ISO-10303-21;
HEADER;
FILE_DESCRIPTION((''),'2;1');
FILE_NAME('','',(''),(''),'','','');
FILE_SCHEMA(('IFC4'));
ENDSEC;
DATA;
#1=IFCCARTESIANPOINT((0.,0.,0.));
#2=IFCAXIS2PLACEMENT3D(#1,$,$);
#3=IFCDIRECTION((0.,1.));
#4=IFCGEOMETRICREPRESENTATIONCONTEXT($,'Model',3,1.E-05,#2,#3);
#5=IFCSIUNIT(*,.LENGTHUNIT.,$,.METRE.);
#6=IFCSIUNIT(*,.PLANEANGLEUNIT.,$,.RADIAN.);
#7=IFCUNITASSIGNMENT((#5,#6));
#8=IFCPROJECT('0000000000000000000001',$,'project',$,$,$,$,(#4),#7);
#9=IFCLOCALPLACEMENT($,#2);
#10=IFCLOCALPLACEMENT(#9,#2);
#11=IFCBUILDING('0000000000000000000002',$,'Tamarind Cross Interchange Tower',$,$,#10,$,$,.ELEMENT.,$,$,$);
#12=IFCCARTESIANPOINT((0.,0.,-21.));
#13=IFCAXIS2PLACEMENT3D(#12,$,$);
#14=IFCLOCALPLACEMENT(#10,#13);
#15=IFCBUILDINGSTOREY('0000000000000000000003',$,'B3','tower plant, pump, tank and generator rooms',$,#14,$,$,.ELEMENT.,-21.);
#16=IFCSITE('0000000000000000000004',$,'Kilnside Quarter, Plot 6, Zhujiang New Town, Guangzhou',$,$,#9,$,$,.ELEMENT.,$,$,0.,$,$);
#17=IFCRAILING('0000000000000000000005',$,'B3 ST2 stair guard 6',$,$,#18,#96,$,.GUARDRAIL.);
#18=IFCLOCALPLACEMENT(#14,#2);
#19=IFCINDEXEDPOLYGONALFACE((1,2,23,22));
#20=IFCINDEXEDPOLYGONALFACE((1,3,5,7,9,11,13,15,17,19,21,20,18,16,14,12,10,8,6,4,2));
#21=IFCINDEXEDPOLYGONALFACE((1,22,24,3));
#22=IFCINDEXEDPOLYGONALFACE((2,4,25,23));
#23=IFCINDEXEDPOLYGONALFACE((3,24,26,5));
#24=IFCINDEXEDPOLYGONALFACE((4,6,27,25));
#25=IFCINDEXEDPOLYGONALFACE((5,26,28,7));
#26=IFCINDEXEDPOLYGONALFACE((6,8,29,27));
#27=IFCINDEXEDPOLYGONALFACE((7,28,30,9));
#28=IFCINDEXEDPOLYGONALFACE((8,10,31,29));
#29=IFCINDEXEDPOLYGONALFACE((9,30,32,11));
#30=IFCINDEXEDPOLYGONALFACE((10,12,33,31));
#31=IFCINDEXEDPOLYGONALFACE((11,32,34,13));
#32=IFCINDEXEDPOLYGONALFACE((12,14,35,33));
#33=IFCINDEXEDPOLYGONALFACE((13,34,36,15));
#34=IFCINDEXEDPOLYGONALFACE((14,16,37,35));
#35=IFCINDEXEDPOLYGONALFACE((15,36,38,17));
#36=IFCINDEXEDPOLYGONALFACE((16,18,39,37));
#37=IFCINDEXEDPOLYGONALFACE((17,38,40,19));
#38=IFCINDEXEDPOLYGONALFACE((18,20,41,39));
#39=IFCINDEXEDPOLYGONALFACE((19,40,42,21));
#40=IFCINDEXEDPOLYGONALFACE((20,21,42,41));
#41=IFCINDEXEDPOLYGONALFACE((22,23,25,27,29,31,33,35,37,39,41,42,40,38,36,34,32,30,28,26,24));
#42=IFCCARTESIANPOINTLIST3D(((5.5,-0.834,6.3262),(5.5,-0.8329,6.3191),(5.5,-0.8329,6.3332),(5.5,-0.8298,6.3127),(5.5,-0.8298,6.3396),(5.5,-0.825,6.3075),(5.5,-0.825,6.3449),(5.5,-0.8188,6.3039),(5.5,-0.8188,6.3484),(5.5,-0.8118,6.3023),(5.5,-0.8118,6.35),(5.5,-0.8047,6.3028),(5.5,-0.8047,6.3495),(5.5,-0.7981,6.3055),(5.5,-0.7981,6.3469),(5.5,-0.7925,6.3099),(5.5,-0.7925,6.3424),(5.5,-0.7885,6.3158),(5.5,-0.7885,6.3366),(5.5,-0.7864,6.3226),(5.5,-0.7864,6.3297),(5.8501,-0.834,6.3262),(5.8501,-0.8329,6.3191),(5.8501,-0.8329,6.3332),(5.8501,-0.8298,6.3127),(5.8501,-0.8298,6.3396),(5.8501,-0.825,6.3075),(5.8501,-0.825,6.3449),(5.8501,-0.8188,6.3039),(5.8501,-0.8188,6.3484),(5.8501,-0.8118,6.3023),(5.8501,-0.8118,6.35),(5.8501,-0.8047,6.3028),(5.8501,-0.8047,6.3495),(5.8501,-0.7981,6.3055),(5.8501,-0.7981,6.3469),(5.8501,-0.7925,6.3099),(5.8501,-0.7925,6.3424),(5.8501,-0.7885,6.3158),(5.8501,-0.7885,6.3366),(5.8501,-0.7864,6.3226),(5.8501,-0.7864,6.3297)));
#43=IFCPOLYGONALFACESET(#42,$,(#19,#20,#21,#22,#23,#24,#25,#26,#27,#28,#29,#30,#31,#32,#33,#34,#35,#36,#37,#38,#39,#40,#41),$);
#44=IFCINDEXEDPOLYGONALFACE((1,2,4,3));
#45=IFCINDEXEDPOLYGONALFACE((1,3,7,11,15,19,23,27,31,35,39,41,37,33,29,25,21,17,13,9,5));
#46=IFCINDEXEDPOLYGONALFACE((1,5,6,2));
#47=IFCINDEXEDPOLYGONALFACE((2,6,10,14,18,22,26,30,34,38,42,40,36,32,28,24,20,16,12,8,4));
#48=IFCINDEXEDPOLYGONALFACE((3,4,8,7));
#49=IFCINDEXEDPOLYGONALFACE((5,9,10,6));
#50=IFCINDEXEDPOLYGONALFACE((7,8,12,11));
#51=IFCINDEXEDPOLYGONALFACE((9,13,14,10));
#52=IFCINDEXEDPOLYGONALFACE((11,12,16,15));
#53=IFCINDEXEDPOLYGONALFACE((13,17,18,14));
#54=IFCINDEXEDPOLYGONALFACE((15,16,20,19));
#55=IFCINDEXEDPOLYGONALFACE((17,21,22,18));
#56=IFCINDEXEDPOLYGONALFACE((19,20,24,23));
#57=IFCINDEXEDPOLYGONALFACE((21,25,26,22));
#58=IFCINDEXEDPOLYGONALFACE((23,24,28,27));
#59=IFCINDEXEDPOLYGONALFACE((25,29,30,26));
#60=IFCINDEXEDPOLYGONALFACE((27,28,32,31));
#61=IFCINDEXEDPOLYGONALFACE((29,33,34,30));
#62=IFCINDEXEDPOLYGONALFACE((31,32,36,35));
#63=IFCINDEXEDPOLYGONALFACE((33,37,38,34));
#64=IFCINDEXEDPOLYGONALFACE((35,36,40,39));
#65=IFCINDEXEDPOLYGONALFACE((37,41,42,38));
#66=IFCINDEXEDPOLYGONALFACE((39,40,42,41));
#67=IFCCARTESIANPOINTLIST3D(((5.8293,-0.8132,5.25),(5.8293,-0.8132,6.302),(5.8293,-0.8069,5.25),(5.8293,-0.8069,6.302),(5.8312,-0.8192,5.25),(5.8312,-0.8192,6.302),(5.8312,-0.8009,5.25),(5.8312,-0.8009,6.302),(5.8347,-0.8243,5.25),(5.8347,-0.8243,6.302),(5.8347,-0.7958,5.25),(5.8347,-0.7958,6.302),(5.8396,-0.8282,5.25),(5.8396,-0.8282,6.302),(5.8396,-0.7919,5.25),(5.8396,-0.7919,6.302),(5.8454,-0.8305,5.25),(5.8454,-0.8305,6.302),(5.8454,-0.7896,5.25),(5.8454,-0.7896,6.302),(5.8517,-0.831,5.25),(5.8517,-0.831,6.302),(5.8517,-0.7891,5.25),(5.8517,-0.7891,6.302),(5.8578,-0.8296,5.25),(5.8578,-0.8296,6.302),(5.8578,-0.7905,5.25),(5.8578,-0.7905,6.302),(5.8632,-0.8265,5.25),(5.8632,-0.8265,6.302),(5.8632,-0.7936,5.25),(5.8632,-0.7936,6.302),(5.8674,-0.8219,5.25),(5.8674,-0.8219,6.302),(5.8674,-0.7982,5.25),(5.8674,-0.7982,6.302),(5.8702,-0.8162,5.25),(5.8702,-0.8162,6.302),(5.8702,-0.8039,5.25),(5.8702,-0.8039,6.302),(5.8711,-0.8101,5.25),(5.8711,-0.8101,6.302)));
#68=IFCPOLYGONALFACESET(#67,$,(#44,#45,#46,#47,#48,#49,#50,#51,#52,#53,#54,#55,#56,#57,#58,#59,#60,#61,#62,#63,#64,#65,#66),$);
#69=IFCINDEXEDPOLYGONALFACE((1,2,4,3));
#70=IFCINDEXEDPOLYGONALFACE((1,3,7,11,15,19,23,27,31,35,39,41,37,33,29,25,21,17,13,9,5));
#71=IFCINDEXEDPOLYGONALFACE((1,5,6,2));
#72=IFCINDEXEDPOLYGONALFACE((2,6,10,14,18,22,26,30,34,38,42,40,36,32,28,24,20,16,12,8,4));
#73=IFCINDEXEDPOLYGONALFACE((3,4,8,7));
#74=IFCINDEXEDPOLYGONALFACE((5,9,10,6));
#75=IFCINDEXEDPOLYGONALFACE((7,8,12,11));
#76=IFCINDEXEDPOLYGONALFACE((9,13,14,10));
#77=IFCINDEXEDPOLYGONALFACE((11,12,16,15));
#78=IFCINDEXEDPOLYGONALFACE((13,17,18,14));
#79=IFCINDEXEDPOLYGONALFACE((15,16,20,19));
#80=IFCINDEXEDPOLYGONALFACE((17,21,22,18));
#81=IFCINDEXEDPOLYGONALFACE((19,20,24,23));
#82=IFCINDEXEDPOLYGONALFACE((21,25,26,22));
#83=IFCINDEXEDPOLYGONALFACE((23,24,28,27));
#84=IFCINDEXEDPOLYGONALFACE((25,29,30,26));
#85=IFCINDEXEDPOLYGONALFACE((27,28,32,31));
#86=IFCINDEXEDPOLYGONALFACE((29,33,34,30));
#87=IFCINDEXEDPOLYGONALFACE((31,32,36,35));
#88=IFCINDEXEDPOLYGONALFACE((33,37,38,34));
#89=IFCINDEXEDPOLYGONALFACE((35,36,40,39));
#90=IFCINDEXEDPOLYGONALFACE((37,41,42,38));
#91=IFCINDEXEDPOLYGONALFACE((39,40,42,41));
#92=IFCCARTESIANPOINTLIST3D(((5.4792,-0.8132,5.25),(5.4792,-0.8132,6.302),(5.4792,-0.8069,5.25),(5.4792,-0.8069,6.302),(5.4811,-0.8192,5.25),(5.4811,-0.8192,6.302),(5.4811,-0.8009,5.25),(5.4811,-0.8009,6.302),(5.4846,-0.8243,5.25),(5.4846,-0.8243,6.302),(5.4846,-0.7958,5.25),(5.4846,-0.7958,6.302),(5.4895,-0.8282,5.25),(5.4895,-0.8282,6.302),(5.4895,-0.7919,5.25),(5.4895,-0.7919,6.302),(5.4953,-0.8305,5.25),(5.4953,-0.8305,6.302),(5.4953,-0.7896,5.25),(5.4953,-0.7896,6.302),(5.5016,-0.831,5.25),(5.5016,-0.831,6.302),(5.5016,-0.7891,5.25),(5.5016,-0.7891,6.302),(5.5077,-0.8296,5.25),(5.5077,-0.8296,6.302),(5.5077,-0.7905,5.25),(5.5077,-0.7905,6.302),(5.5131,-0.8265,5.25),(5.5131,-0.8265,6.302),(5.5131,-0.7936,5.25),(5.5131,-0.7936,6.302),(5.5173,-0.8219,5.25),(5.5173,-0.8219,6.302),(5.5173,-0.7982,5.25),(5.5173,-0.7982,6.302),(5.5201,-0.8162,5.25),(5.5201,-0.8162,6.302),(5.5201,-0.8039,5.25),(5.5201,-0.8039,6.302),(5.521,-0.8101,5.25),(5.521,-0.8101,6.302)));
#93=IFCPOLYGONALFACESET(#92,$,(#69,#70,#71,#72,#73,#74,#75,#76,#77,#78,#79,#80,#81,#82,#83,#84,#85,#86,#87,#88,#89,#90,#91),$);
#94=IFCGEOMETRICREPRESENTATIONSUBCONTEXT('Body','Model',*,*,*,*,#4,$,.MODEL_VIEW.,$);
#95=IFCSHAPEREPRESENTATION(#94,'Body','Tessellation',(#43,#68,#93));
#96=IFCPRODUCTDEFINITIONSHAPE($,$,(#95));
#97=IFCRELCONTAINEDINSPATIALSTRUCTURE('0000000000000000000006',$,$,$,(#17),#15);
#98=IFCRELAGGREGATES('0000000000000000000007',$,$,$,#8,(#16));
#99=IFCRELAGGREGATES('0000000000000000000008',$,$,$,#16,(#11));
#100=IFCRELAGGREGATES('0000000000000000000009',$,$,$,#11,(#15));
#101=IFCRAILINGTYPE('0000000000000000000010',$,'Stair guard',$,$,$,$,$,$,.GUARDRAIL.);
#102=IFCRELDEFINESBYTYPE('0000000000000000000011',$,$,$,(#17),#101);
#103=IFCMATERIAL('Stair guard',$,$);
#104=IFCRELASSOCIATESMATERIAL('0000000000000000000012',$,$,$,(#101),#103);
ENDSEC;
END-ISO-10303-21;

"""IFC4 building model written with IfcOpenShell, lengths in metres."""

from ifc_helpers import new_model, si_unit, direction, frame, origin, origin_2d, place, context, subcontext, project, spatial, circle, extrude, material, type_object, element, save


model = new_model("IFC4")

# Units and contexts
model_context = context("Model", 3, precision=1e-05, world=origin(), true_north=direction((0.0, 1.0)))
body_context = subcontext(model_context, "Body", "Model", "MODEL_VIEW")
ifc_project = project(units=[si_unit("LENGTHUNIT", "METRE"), si_unit("PLANEANGLEUNIT", "RADIAN")], contexts=[model_context])

# Site, building, storey
site_placement = place(None, origin())
site = spatial("IfcSite", under=ifc_project, at=site_placement, Name="Kilnside Quarter, Plot 6, Zhujiang New Town, Guangzhou", CompositionType="ELEMENT", RefElevation=0.0)
building_placement = place(site_placement, origin())
building = spatial("IfcBuilding", under=site, at=building_placement, Name="Tamarind Cross Interchange Tower", CompositionType="ELEMENT")
storey_placement = place(building_placement, frame((0.0, 0.0, -21.0)))
storey = spatial("IfcBuildingStorey", under=building, at=storey_placement, Name="B3", Description="tower plant, pump, tank and generator rooms", CompositionType="ELEMENT", Elevation=-21.0)

# Railing
ifc_material_1 = material(Name="Stair guard")
railing_type_1 = type_object("IfcRailingType", Name="Stair guard", PredefinedType="GUARDRAIL", material=ifc_material_1)
railing_1_placement = place(storey_placement, frame((5.8501, -0.8101, 5.25)))
element("IfcRailing", 1, at=railing_1_placement, inside=storey, type_object=railing_type_1, Name="B3 ST2 stair guard 6", PredefinedType="GUARDRAIL", context=body_context, shape_type="SweptSolid", body=[
    extrude(circle(Radius=0.0239, at=origin_2d()), frame((0.0, 0.0, 1.0762), z_axis=(-1.0, 0.0, 0.0), x_axis=(0.0, -1.0, 0.0)), (0.0, 0.0, 1.0), 0.3501),
    extrude(circle(Radius=0.021, at=origin_2d()), origin(), (0.0, 0.0, 1.0), 1.052),
    extrude(circle(Radius=0.021, at=origin_2d()), frame((-0.3501, 0.0, 0.0)), (0.0, 0.0, 1.0), 1.052),
])

save(model, "model.ifc")
